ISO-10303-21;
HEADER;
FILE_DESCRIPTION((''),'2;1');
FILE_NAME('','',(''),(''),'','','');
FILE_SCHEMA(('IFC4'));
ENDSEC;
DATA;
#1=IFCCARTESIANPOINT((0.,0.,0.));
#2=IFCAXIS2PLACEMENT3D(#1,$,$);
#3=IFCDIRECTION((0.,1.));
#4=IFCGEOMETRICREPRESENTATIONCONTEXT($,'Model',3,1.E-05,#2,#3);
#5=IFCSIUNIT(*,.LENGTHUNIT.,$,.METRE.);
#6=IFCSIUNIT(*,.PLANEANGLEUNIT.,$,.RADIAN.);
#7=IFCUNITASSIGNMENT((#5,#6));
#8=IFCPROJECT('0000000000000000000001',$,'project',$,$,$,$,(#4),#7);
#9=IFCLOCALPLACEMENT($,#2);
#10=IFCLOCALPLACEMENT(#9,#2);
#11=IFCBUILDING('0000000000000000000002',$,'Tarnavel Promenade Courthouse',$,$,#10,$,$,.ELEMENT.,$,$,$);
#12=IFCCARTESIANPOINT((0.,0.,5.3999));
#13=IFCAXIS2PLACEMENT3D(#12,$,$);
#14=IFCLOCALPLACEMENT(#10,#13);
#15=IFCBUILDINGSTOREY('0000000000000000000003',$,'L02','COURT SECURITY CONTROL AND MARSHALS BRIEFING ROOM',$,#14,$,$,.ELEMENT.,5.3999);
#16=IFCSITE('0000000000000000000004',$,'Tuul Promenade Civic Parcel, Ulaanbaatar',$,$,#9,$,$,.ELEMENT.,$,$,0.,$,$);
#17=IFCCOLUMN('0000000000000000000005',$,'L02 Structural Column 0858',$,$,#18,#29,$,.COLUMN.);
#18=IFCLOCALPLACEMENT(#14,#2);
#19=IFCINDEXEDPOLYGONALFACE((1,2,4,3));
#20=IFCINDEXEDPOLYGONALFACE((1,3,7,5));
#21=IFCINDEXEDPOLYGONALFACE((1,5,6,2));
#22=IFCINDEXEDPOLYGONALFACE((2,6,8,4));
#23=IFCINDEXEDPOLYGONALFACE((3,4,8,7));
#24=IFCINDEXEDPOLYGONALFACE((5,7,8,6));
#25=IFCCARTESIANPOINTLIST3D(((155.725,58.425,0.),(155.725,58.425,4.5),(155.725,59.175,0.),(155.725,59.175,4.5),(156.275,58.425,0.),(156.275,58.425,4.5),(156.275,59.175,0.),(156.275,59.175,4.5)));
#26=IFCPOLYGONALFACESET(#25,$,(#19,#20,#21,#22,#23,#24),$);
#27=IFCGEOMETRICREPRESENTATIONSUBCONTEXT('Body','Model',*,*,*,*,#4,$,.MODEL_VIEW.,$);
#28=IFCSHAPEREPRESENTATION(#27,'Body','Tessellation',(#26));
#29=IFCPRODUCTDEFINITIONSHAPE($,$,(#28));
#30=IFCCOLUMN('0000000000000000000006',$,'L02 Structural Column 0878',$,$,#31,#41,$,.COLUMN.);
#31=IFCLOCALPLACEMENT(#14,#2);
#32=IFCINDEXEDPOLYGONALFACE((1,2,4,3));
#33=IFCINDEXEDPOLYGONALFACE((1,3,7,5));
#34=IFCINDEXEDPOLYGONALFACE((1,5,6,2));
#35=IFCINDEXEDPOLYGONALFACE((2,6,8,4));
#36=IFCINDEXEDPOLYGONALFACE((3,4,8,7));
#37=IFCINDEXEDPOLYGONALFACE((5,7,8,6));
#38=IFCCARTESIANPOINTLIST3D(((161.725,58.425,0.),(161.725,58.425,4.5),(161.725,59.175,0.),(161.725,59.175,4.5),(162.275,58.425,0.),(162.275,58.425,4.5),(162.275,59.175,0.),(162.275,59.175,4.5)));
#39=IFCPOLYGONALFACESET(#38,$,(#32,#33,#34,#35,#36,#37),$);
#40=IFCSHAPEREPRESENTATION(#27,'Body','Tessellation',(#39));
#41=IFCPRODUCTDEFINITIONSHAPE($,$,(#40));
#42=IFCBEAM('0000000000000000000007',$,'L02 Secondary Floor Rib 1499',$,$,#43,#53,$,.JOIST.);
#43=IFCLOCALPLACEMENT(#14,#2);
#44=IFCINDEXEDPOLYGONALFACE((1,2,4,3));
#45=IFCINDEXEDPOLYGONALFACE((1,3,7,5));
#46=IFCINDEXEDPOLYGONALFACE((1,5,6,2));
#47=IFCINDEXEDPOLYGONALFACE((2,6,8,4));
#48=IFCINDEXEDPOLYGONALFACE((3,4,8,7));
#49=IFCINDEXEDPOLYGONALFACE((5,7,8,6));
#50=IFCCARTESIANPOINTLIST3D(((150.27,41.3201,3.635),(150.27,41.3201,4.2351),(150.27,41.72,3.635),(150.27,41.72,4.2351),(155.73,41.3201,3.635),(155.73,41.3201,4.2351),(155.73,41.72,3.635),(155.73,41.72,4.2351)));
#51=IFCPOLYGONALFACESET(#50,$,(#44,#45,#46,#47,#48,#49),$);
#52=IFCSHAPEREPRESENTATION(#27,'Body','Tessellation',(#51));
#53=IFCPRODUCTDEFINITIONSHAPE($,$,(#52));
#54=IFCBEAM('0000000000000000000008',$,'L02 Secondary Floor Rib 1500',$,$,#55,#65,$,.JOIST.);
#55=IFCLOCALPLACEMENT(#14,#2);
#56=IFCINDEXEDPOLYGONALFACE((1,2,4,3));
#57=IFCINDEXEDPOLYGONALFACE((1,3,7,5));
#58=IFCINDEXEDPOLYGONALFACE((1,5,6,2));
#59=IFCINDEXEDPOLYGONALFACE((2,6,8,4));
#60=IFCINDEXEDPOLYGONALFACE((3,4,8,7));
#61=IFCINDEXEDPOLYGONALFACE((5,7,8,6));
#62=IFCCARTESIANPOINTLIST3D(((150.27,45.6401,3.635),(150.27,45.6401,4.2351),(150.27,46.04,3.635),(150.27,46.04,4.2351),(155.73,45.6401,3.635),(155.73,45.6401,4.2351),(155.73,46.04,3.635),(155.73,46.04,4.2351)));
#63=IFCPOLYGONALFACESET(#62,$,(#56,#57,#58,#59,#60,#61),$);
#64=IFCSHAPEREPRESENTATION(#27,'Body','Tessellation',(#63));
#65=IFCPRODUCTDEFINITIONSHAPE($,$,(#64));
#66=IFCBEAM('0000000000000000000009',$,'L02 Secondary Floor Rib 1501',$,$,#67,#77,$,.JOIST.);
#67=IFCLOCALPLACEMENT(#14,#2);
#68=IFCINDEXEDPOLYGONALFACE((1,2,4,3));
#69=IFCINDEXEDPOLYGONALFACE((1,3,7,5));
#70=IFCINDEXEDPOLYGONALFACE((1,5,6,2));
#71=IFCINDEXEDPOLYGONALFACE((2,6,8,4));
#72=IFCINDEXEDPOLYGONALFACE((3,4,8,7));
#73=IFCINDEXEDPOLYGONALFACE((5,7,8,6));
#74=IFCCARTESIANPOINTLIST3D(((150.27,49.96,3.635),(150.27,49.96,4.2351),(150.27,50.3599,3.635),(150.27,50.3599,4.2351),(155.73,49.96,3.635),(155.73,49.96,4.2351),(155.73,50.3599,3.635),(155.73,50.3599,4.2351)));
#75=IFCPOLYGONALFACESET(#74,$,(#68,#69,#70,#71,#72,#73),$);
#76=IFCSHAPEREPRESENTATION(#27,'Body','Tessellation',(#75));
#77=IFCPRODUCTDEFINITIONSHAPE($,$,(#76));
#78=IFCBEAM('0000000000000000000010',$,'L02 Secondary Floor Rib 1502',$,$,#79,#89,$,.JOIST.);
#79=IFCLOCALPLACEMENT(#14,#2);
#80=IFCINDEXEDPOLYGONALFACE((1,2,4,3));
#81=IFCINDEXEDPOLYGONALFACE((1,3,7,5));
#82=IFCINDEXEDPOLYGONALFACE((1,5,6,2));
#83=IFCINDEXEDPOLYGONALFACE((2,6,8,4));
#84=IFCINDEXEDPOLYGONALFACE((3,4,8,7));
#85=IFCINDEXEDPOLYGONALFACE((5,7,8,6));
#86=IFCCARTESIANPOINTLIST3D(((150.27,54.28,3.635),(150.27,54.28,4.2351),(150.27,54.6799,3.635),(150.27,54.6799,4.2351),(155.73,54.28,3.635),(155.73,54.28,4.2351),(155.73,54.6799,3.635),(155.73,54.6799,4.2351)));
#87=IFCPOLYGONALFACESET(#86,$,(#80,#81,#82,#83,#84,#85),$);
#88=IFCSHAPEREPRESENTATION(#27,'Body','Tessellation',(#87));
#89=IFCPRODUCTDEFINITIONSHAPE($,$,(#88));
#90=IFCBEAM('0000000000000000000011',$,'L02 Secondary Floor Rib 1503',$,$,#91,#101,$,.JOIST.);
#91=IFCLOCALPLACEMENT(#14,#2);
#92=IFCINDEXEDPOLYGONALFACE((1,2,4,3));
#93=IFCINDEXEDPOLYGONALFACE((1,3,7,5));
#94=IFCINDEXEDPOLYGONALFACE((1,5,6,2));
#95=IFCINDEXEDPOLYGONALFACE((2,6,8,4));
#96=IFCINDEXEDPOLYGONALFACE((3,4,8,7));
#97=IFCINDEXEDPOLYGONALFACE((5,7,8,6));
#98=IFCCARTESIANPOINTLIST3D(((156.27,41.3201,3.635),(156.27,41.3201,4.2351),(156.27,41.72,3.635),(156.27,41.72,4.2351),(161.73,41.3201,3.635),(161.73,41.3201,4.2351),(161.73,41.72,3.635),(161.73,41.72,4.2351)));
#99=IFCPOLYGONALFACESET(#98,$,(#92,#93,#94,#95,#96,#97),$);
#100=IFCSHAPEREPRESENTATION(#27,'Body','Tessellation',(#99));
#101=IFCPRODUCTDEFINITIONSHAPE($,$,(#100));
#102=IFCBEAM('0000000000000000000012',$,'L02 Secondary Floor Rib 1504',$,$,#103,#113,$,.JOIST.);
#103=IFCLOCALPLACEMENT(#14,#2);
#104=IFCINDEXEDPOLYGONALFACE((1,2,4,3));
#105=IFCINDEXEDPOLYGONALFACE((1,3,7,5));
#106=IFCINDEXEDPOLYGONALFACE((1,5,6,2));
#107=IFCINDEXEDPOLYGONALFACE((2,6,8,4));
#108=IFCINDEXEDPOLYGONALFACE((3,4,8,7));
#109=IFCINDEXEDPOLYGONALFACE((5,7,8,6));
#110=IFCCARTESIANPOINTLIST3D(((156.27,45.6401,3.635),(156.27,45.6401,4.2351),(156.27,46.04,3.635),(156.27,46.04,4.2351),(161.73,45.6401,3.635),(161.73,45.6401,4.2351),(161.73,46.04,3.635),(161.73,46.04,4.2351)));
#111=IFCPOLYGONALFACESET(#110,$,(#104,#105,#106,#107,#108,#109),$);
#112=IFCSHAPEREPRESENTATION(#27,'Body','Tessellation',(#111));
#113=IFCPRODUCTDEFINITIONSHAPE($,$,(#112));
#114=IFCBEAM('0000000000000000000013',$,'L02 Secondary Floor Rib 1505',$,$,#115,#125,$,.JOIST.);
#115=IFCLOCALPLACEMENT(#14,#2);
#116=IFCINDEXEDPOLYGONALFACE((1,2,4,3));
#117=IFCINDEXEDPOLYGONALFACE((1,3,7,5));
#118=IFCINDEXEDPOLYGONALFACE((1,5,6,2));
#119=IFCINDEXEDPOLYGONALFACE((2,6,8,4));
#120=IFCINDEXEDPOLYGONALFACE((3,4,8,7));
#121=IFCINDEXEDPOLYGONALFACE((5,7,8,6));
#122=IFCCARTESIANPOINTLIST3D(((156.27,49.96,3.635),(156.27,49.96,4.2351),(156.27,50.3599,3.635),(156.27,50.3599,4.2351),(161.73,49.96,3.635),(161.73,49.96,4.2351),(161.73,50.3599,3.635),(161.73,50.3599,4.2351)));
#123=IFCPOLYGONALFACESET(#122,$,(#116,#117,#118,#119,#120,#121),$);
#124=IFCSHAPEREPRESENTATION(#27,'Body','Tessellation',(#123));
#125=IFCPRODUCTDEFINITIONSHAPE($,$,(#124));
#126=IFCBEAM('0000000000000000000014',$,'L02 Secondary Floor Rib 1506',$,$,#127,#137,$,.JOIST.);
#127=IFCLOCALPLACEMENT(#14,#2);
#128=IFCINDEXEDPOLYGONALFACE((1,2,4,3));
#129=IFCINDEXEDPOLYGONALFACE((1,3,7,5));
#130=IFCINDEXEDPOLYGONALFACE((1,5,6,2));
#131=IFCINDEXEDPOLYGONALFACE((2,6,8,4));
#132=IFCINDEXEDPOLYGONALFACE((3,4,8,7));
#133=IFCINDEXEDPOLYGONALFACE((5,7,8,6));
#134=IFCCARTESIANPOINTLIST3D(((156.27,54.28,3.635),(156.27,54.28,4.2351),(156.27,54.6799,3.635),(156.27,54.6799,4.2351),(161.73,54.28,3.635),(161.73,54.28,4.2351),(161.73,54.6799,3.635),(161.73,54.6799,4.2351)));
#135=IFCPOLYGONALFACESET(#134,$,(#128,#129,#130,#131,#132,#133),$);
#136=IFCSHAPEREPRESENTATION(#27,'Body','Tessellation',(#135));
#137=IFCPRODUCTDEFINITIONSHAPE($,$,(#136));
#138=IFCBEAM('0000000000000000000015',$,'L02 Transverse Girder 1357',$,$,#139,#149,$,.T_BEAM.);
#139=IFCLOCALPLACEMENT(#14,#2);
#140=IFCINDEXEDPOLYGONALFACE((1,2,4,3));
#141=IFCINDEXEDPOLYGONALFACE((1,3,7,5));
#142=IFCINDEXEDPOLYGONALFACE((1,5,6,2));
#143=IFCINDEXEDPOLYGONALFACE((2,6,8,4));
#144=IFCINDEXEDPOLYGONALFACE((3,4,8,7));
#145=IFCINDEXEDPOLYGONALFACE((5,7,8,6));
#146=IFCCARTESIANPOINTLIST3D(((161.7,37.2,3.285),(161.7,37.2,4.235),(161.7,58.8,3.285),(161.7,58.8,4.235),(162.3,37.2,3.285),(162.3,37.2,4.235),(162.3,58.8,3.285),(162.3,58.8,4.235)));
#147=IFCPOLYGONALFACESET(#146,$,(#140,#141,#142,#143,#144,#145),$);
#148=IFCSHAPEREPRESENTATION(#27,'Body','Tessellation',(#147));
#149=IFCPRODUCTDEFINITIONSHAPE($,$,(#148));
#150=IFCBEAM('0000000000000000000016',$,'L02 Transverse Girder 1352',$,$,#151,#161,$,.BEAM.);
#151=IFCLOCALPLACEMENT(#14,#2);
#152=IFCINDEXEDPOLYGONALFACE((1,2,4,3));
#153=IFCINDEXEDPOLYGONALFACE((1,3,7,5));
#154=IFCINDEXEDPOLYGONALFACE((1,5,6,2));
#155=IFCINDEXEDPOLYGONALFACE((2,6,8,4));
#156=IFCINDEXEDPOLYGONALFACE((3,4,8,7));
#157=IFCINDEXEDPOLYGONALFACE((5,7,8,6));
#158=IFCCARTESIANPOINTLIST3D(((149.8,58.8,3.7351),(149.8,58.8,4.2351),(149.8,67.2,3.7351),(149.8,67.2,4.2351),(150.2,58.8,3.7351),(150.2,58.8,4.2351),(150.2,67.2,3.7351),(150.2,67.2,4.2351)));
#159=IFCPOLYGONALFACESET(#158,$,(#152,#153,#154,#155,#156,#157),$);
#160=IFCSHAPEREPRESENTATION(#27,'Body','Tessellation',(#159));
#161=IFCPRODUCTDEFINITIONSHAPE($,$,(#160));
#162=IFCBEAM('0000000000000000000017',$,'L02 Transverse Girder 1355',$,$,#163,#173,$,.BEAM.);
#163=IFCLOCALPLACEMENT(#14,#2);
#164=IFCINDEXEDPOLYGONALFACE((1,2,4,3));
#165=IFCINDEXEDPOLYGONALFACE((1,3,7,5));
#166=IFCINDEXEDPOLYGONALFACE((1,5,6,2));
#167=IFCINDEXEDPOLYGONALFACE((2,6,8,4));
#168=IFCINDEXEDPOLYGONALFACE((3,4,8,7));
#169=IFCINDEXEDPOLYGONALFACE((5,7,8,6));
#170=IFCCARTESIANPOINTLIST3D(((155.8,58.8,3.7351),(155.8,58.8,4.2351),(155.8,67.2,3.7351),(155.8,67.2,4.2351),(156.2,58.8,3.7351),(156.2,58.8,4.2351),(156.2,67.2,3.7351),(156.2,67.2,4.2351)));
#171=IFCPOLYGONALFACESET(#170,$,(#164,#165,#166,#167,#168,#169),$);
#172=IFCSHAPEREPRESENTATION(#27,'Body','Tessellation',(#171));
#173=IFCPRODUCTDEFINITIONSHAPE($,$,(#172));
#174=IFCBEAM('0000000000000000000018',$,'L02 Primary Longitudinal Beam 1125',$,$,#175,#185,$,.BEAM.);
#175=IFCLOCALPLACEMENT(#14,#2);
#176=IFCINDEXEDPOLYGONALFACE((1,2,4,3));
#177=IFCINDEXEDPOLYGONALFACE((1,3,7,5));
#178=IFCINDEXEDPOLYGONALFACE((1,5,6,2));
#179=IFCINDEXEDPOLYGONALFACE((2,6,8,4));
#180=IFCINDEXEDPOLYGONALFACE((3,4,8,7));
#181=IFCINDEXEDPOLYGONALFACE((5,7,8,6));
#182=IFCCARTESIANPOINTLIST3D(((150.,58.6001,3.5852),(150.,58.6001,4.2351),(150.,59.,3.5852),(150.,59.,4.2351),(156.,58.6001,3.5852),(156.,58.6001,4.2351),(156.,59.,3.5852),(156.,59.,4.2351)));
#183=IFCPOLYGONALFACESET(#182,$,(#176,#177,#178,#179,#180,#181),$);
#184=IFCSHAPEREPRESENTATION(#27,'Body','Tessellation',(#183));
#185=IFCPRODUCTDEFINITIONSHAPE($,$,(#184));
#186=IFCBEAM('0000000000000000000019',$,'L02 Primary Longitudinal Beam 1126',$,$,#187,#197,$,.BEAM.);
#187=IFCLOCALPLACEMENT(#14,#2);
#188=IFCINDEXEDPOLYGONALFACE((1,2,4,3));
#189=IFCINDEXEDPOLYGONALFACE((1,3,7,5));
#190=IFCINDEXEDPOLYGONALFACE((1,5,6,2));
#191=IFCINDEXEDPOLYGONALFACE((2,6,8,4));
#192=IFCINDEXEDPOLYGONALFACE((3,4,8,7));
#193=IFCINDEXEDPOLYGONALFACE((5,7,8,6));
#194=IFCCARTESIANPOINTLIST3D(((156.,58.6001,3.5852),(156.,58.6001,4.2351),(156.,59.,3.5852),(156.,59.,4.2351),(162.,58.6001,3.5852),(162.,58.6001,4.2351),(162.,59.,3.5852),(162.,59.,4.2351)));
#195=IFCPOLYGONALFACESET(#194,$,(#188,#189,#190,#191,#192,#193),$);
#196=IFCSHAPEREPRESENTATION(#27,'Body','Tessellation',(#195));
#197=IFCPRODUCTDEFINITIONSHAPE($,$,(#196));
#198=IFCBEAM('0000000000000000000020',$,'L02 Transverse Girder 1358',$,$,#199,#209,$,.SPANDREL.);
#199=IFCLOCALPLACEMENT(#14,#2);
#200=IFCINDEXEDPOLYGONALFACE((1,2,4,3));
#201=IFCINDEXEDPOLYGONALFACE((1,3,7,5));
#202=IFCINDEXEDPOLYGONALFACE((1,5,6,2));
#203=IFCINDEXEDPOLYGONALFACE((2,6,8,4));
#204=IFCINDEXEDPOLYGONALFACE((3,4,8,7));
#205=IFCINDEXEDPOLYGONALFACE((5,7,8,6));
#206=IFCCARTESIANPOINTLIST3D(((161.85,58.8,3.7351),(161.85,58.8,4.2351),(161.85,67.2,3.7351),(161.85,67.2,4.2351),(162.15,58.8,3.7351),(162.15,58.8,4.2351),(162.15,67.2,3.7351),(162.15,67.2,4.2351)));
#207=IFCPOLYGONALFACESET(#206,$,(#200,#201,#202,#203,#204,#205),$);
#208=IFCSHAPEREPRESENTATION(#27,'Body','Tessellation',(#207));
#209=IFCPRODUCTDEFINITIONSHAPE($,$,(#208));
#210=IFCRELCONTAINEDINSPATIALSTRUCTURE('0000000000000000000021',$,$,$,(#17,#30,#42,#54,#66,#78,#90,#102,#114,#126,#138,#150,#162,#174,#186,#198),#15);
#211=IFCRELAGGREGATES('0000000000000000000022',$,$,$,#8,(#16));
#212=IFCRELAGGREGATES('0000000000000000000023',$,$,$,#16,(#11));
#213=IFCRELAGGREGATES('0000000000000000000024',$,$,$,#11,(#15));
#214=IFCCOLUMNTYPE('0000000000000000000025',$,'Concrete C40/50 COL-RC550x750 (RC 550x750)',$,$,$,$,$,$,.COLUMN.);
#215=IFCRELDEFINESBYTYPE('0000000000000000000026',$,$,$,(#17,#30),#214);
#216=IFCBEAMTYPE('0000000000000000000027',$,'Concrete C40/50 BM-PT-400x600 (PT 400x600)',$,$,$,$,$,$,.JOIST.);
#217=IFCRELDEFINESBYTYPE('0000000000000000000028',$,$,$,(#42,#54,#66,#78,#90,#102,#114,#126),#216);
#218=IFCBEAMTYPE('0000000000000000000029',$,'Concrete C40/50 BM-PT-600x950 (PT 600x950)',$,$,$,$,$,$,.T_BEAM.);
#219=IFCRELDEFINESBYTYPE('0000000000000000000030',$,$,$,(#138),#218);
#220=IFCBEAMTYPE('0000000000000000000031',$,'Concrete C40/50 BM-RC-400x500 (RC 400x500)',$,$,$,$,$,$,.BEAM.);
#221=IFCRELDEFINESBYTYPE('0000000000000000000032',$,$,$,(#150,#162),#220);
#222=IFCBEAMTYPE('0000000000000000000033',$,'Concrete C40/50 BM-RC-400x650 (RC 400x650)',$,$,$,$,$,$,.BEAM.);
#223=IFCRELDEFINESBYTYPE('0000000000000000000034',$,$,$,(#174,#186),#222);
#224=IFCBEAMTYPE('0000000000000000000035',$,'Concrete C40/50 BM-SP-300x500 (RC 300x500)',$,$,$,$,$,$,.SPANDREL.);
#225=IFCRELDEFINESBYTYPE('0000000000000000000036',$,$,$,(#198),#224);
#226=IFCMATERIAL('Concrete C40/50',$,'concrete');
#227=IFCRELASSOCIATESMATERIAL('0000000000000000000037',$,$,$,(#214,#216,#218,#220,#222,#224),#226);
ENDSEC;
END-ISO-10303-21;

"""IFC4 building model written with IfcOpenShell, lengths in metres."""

from ifc_helpers import new_model, si_unit, direction, frame, origin, origin_2d, place, context, subcontext, project, spatial, rectangle, extrude, material, material_profile, profile_set, type_object, element, save


model = new_model("IFC4")

# Units and contexts
model_context = context("Model", 3, precision=1e-05, world=origin(), true_north=direction((0.0, 1.0)))
body_context = subcontext(model_context, "Body", "Model", "MODEL_VIEW")
ifc_project = project(units=[si_unit("LENGTHUNIT", "METRE"), si_unit("PLANEANGLEUNIT", "RADIAN")], contexts=[model_context])

# Site, building, storey
site_placement = place(None, origin())
site = spatial("IfcSite", under=ifc_project, at=site_placement, Name="Tuul Promenade Civic Parcel, Ulaanbaatar", CompositionType="ELEMENT", RefElevation=0.0)
building_placement = place(site_placement, origin())
building = spatial("IfcBuilding", under=site, at=building_placement, Name="Tarnavel Promenade Courthouse", CompositionType="ELEMENT")
storey_placement = place(building_placement, frame((0.0, 0.0, 5.3999)))
storey = spatial("IfcBuildingStorey", under=building, at=storey_placement, Name="L02", Description="COURT SECURITY CONTROL AND MARSHALS BRIEFING ROOM", CompositionType="ELEMENT", Elevation=5.3999)

# Columns
ifc_material_1 = material(Name="Concrete C40/50", Category="concrete")
ifc_material_profile_1 = material_profile(ifc_material_1, rectangle(XDim=0.55, YDim=0.75, at=origin_2d()), Name="RC 550x750")
ifc_profile_set_1 = profile_set([ifc_material_profile_1], Name="Concrete C40/50")
column_type = type_object("IfcColumnType", Name="Concrete C40/50 COL-RC550x750 (RC 550x750)", PredefinedType="COLUMN", material=ifc_profile_set_1)
for number, where, z_axis, x_axis, name in (
    (1, (156.0, 58.8, 0.0), (0.0, 0.0, 1.0), (1.0, 0.0, 0.0), "L02 Structural Column 0858"),
    (2, (162.0, 58.8, 0.0), (0.0, 0.0, 1.0), (1.0, 0.0, 0.0), "L02 Structural Column 0878"),
):
    element("IfcColumn", number, at=place(storey_placement, frame(where, z_axis=z_axis, x_axis=x_axis)), inside=storey, type_object=column_type, Name=name, PredefinedType="COLUMN", context=body_context, shape_type="SweptSolid", body=[
        extrude(rectangle(XDim=0.55, YDim=0.75, at=origin_2d()), origin(), (0.0, 0.0, 1.0), 4.5),
    ])

# Beams
ifc_material_profile_2 = material_profile(ifc_material_1, rectangle(XDim=0.3999, YDim=0.6001, at=origin_2d()), Name="PT 400x600")
ifc_profile_set_2 = profile_set([ifc_material_profile_2], Name="Concrete C40/50")
beam_type_1 = type_object("IfcBeamType", Name="Concrete C40/50 BM-PT-400x600 (PT 400x600)", PredefinedType="JOIST", material=ifc_profile_set_2)
for number, where, z_axis, x_axis, name in (
    (3, (150.27, 41.52, 3.9351), (1.0, 0.0, 0.0), (0.0, 1.0, 0.0), "L02 Secondary Floor Rib 1499"),
    (4, (150.27, 45.8401, 3.9351), (1.0, 0.0, 0.0), (0.0, 1.0, 0.0), "L02 Secondary Floor Rib 1500"),
    (5, (150.27, 50.1599, 3.9351), (1.0, 0.0, 0.0), (0.0, 1.0, 0.0), "L02 Secondary Floor Rib 1501"),
    (6, (150.27, 54.48, 3.9351), (1.0, 0.0, 0.0), (0.0, 1.0, 0.0), "L02 Secondary Floor Rib 1502"),
    (7, (156.27, 41.52, 3.9351), (1.0, 0.0, 0.0), (0.0, 1.0, 0.0), "L02 Secondary Floor Rib 1503"),
    (8, (156.27, 45.8401, 3.9351), (1.0, 0.0, 0.0), (0.0, 1.0, 0.0), "L02 Secondary Floor Rib 1504"),
    (9, (156.27, 50.1599, 3.9351), (1.0, 0.0, 0.0), (0.0, 1.0, 0.0), "L02 Secondary Floor Rib 1505"),
    (10, (156.27, 54.48, 3.9351), (1.0, 0.0, 0.0), (0.0, 1.0, 0.0), "L02 Secondary Floor Rib 1506"),
):
    element("IfcBeam", number, at=place(storey_placement, frame(where, z_axis=z_axis, x_axis=x_axis)), inside=storey, type_object=beam_type_1, Name=name, PredefinedType="JOIST", context=body_context, shape_type="SweptSolid", body=[
        extrude(rectangle(XDim=0.3999, YDim=0.6001, at=origin_2d()), origin(), (0.0, 0.0, 1.0), 5.46),
    ])
ifc_material_profile_3 = material_profile(ifc_material_1, rectangle(XDim=0.6001, YDim=0.95, at=origin_2d()), Name="PT 600x950")
ifc_profile_set_3 = profile_set([ifc_material_profile_3], Name="Concrete C40/50")
beam_type_2 = type_object("IfcBeamType", Name="Concrete C40/50 BM-PT-600x950 (PT 600x950)", PredefinedType="T_BEAM", material=ifc_profile_set_3)
beam_1_placement = place(storey_placement, frame((162.0, 37.2, 3.76), z_axis=(0.0, 1.0, 0.0), x_axis=(-1.0, 0.0, 0.0)))
element("IfcBeam", 11, at=beam_1_placement, inside=storey, type_object=beam_type_2, Name="L02 Transverse Girder 1357", PredefinedType="T_BEAM", context=body_context, shape_type="SweptSolid", body=[
    extrude(rectangle(XDim=0.6001, YDim=0.95, at=origin_2d()), origin(), (0.0, 0.0, 1.0), 21.6001),
])
ifc_material_profile_4 = material_profile(ifc_material_1, rectangle(XDim=0.3999, YDim=0.5, at=origin_2d()), Name="RC 400x500")
ifc_profile_set_4 = profile_set([ifc_material_profile_4], Name="Concrete C40/50")
beam_type_3 = type_object("IfcBeamType", Name="Concrete C40/50 BM-RC-400x500 (RC 400x500)", PredefinedType="BEAM", material=ifc_profile_set_4)
for number, where, z_axis, x_axis, name in (
    (12, (150.0, 58.8, 3.9851), (0.0, 1.0, 0.0), (-1.0, 0.0, 0.0), "L02 Transverse Girder 1352"),
    (13, (156.0, 58.8, 3.9851), (0.0, 1.0, 0.0), (-1.0, 0.0, 0.0), "L02 Transverse Girder 1355"),
):
    element("IfcBeam", number, at=place(storey_placement, frame(where, z_axis=z_axis, x_axis=x_axis)), inside=storey, type_object=beam_type_3, Name=name, PredefinedType="BEAM", context=body_context, shape_type="SweptSolid", body=[
        extrude(rectangle(XDim=0.3999, YDim=0.5, at=origin_2d()), origin(), (0.0, 0.0, 1.0), 8.3999),
    ])
ifc_material_profile_5 = material_profile(ifc_material_1, rectangle(XDim=0.3999, YDim=0.6499, at=origin_2d()), Name="RC 400x650")
ifc_profile_set_5 = profile_set([ifc_material_profile_5], Name="Concrete C40/50")
beam_type_4 = type_object("IfcBeamType", Name="Concrete C40/50 BM-RC-400x650 (RC 400x650)", PredefinedType="BEAM", material=ifc_profile_set_5)
for number, where, z_axis, x_axis, name in (
    (14, (150.0, 58.8, 3.9102), (1.0, 0.0, 0.0), (0.0, 1.0, 0.0), "L02 Primary Longitudinal Beam 1125"),
    (15, (156.0, 58.8, 3.9102), (1.0, 0.0, 0.0), (0.0, 1.0, 0.0), "L02 Primary Longitudinal Beam 1126"),
):
    element("IfcBeam", number, at=place(storey_placement, frame(where, z_axis=z_axis, x_axis=x_axis)), inside=storey, type_object=beam_type_4, Name=name, PredefinedType="BEAM", context=body_context, shape_type="SweptSolid", body=[
        extrude(rectangle(XDim=0.3999, YDim=0.6499, at=origin_2d()), origin(), (0.0, 0.0, 1.0), 6.0),
    ])
ifc_material_profile_6 = material_profile(ifc_material_1, rectangle(XDim=0.3, YDim=0.5, at=origin_2d()), Name="RC 300x500")
ifc_profile_set_6 = profile_set([ifc_material_profile_6], Name="Concrete C40/50")
beam_type_5 = type_object("IfcBeamType", Name="Concrete C40/50 BM-SP-300x500 (RC 300x500)", PredefinedType="SPANDREL", material=ifc_profile_set_6)
beam_2_placement = place(storey_placement, frame((162.0, 58.8, 3.9851), z_axis=(0.0, 1.0, 0.0), x_axis=(-1.0, 0.0, 0.0)))
element("IfcBeam", 16, at=beam_2_placement, inside=storey, type_object=beam_type_5, Name="L02 Transverse Girder 1358", PredefinedType="SPANDREL", context=body_context, shape_type="SweptSolid", body=[
    extrude(rectangle(XDim=0.3, YDim=0.5, at=origin_2d()), origin(), (0.0, 0.0, 1.0), 8.3999),
])

save(model, "model.ifc")
